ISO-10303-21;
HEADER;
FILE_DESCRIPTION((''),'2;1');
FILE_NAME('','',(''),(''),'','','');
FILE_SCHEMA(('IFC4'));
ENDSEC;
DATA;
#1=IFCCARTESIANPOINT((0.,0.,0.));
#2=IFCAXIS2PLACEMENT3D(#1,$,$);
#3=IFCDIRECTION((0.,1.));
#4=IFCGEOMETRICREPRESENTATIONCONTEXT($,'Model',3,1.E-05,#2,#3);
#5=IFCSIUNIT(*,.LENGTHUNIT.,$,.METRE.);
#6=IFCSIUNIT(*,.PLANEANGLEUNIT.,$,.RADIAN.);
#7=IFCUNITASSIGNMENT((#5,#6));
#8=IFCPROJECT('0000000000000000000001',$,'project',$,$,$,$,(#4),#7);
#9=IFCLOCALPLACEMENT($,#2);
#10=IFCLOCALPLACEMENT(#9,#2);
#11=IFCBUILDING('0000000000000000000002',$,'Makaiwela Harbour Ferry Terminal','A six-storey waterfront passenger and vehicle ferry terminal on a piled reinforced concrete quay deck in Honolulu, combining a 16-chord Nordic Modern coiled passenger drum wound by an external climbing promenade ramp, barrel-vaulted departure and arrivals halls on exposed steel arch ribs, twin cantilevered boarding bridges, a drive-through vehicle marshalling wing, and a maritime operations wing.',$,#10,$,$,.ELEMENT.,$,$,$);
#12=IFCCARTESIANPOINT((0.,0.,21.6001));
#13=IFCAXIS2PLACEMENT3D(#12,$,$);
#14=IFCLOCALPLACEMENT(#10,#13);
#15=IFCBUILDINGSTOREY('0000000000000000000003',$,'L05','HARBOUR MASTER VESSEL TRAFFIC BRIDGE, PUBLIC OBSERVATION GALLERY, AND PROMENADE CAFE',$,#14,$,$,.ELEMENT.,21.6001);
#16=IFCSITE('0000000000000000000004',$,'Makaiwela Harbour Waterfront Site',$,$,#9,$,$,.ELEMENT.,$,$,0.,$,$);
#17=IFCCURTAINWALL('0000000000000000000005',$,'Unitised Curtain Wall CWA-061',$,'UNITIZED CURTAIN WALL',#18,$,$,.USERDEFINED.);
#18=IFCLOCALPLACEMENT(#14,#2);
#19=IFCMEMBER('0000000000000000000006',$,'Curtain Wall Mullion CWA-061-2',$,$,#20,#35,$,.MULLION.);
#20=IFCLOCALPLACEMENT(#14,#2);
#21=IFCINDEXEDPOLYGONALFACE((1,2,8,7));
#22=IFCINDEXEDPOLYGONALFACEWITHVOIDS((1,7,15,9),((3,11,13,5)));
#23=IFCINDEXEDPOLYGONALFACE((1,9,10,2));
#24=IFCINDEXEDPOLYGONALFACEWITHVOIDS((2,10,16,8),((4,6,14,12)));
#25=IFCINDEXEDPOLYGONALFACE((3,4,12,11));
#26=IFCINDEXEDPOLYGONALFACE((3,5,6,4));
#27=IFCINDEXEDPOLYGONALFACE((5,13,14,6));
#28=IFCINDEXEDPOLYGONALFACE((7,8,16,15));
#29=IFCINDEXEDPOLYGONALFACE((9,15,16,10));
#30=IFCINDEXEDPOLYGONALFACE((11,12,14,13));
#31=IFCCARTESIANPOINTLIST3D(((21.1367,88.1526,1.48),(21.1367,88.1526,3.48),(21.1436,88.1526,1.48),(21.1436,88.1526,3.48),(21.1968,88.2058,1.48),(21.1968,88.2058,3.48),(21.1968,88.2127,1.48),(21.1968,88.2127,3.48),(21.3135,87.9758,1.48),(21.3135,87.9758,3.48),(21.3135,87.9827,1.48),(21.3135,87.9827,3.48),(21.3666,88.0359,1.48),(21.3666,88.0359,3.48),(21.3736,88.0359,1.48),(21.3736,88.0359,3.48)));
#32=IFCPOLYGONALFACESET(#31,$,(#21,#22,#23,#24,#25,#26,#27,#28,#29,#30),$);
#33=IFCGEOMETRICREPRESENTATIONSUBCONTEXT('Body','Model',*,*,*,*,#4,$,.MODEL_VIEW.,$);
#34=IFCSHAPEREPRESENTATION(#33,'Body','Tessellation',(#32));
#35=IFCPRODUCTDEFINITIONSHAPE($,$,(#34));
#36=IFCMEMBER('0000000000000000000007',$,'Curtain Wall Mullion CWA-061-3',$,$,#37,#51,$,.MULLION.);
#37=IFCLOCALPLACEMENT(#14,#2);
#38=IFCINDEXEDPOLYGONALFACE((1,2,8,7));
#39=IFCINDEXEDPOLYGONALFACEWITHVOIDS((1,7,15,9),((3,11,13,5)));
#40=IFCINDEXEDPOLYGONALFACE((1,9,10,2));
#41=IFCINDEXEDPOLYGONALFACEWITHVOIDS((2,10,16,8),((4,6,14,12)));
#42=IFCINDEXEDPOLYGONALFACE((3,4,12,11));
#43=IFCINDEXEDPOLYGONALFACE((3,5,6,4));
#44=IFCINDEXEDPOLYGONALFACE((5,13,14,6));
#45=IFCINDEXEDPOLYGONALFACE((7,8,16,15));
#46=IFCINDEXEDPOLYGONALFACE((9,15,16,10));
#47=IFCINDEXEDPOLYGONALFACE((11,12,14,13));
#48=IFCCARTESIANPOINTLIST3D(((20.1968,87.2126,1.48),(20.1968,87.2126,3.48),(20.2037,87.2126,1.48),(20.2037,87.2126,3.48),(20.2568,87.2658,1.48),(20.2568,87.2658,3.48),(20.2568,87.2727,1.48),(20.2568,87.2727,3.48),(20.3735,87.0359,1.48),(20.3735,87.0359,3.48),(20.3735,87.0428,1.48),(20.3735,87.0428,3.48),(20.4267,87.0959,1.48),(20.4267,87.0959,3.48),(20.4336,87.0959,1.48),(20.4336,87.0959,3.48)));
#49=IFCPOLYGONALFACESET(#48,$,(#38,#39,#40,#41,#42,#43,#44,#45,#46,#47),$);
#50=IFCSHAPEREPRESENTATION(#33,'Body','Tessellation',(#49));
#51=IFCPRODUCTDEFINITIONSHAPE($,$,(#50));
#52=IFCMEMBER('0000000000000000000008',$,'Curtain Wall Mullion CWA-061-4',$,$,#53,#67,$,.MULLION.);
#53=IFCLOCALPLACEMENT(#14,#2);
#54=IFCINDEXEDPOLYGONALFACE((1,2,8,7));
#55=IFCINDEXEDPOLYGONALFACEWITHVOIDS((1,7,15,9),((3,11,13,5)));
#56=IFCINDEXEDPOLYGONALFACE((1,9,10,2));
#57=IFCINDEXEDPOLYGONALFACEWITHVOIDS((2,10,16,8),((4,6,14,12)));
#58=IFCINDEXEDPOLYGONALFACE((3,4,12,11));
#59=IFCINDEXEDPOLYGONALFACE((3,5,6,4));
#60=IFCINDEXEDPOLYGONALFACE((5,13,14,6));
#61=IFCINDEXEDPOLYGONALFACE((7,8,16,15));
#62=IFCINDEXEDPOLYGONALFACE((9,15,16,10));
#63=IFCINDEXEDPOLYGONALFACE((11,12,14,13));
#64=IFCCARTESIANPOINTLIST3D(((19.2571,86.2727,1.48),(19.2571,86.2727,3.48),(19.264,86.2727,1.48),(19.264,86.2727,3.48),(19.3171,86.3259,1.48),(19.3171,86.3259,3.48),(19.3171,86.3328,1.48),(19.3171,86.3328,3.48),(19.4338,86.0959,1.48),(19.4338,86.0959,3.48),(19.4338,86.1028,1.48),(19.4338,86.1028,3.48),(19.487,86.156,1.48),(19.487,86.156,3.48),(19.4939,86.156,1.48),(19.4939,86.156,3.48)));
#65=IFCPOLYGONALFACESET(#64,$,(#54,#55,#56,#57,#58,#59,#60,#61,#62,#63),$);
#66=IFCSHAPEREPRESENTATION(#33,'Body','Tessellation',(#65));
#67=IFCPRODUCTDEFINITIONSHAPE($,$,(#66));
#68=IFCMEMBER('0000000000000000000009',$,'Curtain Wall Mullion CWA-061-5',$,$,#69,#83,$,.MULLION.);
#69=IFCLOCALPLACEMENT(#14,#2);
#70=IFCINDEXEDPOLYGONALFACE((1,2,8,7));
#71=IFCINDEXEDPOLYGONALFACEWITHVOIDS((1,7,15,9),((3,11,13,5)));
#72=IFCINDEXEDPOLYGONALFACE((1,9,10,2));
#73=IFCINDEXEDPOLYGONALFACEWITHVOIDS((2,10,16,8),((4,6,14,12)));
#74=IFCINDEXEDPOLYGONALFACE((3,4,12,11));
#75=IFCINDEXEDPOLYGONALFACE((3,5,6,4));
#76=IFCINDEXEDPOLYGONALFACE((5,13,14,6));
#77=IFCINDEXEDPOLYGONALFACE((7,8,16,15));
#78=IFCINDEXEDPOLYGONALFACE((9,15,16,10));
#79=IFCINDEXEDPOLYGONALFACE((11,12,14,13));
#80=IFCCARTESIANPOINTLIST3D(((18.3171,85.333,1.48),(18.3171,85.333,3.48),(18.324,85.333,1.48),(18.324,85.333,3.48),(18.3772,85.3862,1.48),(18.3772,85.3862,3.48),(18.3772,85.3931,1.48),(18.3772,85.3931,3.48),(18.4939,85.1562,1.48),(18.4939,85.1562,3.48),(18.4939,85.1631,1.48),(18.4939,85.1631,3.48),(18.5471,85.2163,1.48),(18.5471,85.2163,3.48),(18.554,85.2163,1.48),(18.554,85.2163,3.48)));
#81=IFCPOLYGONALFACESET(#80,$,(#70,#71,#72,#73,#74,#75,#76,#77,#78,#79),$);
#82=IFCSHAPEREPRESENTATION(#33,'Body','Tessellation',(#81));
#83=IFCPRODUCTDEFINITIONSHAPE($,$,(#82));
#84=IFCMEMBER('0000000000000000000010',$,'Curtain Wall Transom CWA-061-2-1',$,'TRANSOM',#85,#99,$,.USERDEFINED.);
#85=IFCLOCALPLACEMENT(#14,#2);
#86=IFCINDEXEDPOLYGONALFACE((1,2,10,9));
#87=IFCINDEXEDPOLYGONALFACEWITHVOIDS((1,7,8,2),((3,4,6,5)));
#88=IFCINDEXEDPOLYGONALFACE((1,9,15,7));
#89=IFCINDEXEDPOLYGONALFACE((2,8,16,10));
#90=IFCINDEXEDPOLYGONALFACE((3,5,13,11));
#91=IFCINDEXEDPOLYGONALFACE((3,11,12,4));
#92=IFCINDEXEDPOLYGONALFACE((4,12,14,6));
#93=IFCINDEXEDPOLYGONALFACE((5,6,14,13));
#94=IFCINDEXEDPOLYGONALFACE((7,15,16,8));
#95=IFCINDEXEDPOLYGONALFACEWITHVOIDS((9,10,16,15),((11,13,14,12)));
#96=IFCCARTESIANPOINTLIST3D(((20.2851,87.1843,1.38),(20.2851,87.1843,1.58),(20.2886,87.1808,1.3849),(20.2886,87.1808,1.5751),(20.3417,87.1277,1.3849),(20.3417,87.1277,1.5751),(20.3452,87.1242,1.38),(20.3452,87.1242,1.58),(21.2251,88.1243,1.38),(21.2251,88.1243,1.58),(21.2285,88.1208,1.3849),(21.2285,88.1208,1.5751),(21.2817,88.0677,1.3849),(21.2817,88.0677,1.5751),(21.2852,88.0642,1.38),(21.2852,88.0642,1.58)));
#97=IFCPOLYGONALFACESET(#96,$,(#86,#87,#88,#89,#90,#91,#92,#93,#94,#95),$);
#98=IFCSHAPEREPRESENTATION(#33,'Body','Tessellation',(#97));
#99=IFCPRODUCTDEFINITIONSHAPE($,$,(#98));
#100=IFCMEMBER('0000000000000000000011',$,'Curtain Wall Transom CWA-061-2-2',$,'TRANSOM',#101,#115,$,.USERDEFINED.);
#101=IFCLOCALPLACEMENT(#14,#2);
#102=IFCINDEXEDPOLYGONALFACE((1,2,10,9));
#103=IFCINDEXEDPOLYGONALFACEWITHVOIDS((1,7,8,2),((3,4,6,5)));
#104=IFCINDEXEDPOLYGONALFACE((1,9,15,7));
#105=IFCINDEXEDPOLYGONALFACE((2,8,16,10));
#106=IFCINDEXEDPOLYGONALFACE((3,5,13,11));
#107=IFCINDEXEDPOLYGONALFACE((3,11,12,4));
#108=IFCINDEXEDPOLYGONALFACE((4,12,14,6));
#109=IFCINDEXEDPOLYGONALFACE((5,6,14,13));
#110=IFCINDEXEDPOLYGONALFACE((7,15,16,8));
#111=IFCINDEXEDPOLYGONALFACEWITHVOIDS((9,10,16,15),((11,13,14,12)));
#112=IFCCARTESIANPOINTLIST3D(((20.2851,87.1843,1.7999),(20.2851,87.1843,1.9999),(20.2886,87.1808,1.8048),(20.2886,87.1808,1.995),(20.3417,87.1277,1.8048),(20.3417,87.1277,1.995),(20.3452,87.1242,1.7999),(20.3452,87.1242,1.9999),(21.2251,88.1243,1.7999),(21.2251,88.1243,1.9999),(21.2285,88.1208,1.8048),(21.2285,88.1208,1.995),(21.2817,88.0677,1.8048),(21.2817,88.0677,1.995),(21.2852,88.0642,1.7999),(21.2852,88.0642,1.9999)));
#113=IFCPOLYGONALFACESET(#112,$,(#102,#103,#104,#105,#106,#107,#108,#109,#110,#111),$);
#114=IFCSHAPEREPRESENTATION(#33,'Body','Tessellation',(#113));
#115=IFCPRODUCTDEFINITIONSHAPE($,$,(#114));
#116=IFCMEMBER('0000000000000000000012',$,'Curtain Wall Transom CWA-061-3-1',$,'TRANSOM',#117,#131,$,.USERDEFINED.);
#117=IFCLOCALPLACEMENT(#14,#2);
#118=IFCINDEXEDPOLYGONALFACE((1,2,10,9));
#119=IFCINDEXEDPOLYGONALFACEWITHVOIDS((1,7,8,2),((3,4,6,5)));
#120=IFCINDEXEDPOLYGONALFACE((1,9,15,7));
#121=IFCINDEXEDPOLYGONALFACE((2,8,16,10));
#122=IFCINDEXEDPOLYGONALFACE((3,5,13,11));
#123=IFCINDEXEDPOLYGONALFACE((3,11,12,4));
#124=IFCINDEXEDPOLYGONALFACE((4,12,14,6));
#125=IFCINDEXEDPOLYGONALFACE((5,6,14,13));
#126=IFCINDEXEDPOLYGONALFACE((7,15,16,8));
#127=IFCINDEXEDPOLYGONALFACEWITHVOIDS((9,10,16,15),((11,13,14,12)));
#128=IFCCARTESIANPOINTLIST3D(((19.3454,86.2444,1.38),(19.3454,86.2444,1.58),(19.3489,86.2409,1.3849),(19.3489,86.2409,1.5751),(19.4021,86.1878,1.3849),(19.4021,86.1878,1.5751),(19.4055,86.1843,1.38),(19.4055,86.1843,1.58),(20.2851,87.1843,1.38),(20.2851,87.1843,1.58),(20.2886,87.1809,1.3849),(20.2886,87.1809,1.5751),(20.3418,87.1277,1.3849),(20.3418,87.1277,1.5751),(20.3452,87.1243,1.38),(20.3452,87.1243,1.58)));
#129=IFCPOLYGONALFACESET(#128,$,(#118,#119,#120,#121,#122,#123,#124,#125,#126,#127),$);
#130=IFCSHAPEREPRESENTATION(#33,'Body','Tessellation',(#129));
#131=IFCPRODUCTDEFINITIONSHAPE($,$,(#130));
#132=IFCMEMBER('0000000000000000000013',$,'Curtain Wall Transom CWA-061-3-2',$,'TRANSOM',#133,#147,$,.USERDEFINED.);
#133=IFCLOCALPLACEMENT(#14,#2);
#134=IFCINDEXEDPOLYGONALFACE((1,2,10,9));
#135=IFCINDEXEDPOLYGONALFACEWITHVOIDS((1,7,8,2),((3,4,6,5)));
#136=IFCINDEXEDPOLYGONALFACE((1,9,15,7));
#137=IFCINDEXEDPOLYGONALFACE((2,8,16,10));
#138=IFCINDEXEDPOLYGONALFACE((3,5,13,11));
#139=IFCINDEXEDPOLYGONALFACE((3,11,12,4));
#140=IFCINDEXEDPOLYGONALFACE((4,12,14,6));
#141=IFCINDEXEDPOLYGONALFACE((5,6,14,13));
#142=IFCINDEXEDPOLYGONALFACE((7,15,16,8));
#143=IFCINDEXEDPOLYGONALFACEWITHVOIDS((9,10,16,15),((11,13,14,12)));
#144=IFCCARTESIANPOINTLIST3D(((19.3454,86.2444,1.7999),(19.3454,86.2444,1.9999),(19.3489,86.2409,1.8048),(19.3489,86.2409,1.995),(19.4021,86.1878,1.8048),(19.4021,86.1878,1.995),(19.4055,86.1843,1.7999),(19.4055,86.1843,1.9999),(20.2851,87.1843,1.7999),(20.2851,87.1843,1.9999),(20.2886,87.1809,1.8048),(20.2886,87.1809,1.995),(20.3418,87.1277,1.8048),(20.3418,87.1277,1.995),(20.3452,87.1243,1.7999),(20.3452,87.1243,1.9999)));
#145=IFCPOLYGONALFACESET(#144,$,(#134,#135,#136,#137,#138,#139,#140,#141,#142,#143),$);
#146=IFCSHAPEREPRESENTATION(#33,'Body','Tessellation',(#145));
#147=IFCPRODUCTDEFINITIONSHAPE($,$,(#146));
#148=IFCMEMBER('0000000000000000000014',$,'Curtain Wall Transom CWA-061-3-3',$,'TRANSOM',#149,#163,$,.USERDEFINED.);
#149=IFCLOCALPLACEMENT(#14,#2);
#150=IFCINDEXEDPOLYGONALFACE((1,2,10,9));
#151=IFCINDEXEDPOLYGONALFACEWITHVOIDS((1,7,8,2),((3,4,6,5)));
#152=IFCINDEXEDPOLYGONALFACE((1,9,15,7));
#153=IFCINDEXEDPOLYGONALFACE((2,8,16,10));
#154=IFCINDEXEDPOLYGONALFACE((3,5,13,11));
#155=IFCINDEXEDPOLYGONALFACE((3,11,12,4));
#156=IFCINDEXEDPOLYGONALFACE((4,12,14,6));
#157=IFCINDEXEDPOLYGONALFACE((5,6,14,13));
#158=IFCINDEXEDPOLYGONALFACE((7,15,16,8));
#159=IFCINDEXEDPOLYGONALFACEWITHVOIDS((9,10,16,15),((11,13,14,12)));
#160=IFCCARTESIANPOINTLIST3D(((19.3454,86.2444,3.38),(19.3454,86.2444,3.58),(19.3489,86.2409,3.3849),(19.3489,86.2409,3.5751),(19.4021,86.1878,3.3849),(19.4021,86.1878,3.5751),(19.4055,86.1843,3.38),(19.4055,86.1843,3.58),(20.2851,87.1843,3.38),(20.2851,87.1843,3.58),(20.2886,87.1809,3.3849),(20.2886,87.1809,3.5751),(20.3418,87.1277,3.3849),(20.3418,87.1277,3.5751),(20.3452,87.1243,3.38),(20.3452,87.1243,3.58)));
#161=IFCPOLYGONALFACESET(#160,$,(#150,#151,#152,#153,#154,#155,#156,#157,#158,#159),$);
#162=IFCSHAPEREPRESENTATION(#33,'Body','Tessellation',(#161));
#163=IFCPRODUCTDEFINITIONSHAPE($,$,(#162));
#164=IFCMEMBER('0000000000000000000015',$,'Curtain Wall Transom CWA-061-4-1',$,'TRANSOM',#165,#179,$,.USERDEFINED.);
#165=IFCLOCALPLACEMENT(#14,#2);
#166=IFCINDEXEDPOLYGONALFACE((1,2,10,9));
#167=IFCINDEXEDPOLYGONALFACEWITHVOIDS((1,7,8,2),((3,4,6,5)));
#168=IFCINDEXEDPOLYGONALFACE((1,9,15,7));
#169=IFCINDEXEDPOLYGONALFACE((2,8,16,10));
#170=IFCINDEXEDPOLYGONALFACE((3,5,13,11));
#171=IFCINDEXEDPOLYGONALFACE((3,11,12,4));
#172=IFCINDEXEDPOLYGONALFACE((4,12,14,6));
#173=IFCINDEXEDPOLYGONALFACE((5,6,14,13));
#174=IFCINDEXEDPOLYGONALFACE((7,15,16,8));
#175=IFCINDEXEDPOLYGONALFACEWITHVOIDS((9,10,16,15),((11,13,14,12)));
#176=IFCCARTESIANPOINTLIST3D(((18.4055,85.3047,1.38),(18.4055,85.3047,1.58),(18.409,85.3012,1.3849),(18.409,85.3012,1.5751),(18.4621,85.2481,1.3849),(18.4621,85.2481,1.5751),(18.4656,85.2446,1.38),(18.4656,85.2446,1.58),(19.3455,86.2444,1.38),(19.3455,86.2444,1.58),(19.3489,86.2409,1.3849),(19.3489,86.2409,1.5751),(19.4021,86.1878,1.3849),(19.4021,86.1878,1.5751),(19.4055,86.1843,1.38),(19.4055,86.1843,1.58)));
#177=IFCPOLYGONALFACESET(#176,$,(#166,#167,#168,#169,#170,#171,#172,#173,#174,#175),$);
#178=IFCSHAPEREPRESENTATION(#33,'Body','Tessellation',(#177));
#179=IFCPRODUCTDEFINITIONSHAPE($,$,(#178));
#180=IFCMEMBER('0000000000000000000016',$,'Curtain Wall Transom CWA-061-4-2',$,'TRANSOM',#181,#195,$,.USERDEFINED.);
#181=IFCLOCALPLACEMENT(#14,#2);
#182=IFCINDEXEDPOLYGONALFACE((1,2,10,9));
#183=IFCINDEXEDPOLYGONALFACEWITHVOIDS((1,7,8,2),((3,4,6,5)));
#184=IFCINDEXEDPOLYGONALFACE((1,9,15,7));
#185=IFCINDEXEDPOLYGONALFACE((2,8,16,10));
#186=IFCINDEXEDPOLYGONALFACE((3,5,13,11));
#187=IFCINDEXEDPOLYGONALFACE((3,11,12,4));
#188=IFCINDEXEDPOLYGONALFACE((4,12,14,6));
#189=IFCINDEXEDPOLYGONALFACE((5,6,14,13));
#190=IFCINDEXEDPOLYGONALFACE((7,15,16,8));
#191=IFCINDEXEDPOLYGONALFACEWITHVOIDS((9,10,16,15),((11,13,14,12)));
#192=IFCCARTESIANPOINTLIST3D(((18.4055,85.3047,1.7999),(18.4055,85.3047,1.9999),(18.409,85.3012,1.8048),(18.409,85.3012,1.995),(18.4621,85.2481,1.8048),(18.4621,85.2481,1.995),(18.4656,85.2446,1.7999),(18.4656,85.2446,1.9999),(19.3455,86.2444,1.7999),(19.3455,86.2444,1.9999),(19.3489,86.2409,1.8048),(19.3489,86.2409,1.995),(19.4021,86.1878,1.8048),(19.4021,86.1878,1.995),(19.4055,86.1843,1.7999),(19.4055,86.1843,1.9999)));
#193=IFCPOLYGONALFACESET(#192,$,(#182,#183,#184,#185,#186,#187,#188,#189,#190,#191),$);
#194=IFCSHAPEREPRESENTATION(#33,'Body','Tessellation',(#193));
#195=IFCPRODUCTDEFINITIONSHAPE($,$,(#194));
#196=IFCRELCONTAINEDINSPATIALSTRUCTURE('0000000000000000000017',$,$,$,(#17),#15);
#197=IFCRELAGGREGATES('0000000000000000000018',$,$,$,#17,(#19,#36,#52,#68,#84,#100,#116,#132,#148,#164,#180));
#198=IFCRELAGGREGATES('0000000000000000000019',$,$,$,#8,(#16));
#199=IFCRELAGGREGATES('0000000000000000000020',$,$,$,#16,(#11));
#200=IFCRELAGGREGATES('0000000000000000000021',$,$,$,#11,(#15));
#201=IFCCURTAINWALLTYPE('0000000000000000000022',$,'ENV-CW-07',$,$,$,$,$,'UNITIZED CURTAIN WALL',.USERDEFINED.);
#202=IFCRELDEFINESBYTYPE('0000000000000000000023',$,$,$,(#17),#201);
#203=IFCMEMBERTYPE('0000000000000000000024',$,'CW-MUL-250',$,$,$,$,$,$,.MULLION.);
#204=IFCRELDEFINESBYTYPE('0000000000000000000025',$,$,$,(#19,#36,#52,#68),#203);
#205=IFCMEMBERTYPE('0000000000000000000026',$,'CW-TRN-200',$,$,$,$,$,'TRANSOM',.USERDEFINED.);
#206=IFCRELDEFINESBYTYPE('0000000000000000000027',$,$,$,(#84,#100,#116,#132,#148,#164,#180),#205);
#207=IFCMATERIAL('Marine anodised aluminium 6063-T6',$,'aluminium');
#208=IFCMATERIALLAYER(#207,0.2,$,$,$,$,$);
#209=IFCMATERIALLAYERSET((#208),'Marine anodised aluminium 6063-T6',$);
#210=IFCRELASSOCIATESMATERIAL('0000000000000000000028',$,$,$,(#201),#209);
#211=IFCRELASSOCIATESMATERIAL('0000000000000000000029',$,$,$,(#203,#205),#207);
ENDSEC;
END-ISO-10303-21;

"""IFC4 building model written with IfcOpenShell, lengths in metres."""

from ifc_helpers import new_model, si_unit, direction, frame, origin, origin_2d, place, context, subcontext, project, spatial, hollow_rectangle, extrude, material, layer, layer_set, material_profile, profile_set, type_object, element, aggregate, save


model = new_model("IFC4")

# Units and contexts
model_context = context("Model", 3, precision=1e-05, world=origin(), true_north=direction((0.0, 1.0)))
body_context = subcontext(model_context, "Body", "Model", "MODEL_VIEW")
ifc_project = project(units=[si_unit("LENGTHUNIT", "METRE"), si_unit("PLANEANGLEUNIT", "RADIAN")], contexts=[model_context])

# Site, building, storey
site_placement = place(None, origin())
site = spatial("IfcSite", under=ifc_project, at=site_placement, Name="Makaiwela Harbour Waterfront Site", CompositionType="ELEMENT", RefElevation=0.0)
building_placement = place(site_placement, origin())
building = spatial("IfcBuilding", under=site, at=building_placement, Name="Makaiwela Harbour Ferry Terminal", Description="A six-storey waterfront passenger and vehicle ferry terminal on a piled reinforced concrete quay deck in Honolulu, combining a 16-chord Nordic Modern coiled passenger drum wound by an external climbing promenade ramp, barrel-vaulted departure and arrivals halls on exposed steel arch ribs, twin cantilevered boarding bridges, a drive-through vehicle marshalling wing, and a maritime operations wing.", CompositionType="ELEMENT")
storey_placement = place(building_placement, frame((0.0, 0.0, 21.6001)))
storey = spatial("IfcBuildingStorey", under=building, at=storey_placement, Name="L05", Description="HARBOUR MASTER VESSEL TRAFFIC BRIDGE, PUBLIC OBSERVATION GALLERY, AND PROMENADE CAFE", CompositionType="ELEMENT", Elevation=21.6001)

# Curtain wall, members
ifc_material_1 = material(Name="Marine anodised aluminium 6063-T6", Category="aluminium")
ifc_layer_1 = layer(ifc_material_1, 0.2)
ifc_layer_set_1 = layer_set([ifc_layer_1], Name="Marine anodised aluminium 6063-T6")
curtain_wall_type = type_object("IfcCurtainWallType", Name="ENV-CW-07", ElementType="UNITIZED CURTAIN WALL", PredefinedType="USERDEFINED", material=ifc_layer_set_1)
curtain_wall_placement = place(storey_placement, origin())
curtain_wall = element("IfcCurtainWall", 1, at=curtain_wall_placement, inside=storey, type_object=curtain_wall_type, Name="Unitised Curtain Wall CWA-061", ObjectType="UNITIZED CURTAIN WALL", PredefinedType="USERDEFINED")
ifc_material_profile_1 = material_profile(ifc_material_1, hollow_rectangle(XDim=0.085, YDim=0.25, WallThickness=0.0049, at=origin_2d()), Name="CWM-250X85")
ifc_profile_set_1 = profile_set([ifc_material_profile_1], Name="Marine anodised aluminium 6063-T6")
member_type_1 = type_object("IfcMemberType", Name="CW-MUL-250", PredefinedType="MULLION", material=ifc_profile_set_1)
member_1_placement = place(storey_placement, frame((21.2551, 88.0942, 1.48), z_axis=(0.0, 0.0, 1.0), x_axis=(0.707107, 0.707107, 0.0)))
member_1 = element("IfcMember", 2, at=member_1_placement, type_object=member_type_1, Name="Curtain Wall Mullion CWA-061-2", PredefinedType="MULLION", context=body_context, shape_type="SweptSolid", body=[
    extrude(hollow_rectangle(XDim=0.085, YDim=0.25, WallThickness=0.0049, at=origin_2d()), origin(), (0.0, 0.0, 1.0), 2.0),
])
member_2_placement = place(storey_placement, frame((20.3152, 87.1543, 1.48), z_axis=(0.0, 0.0, 1.0), x_axis=(0.707107, 0.707107, 0.0)))
member_2 = element("IfcMember", 3, at=member_2_placement, type_object=member_type_1, Name="Curtain Wall Mullion CWA-061-3", PredefinedType="MULLION", context=body_context, shape_type="SweptSolid", body=[
    extrude(hollow_rectangle(XDim=0.085, YDim=0.25, WallThickness=0.0049, at=origin_2d()), origin(), (0.0, 0.0, 1.0), 2.0),
])
member_3_placement = place(storey_placement, frame((19.3755, 86.2144, 1.48), z_axis=(0.0, 0.0, 1.0), x_axis=(0.707107, 0.707107, 0.0)))
member_3 = element("IfcMember", 4, at=member_3_placement, type_object=member_type_1, Name="Curtain Wall Mullion CWA-061-4", PredefinedType="MULLION", context=body_context, shape_type="SweptSolid", body=[
    extrude(hollow_rectangle(XDim=0.085, YDim=0.25, WallThickness=0.0049, at=origin_2d()), origin(), (0.0, 0.0, 1.0), 2.0),
])
member_4_placement = place(storey_placement, frame((18.4355, 85.2747, 1.48), z_axis=(0.0, 0.0, 1.0), x_axis=(0.707107, 0.707107, 0.0)))
member_4 = element("IfcMember", 5, at=member_4_placement, type_object=member_type_1, Name="Curtain Wall Mullion CWA-061-5", PredefinedType="MULLION", context=body_context, shape_type="SweptSolid", body=[
    extrude(hollow_rectangle(XDim=0.085, YDim=0.25, WallThickness=0.0049, at=origin_2d()), origin(), (0.0, 0.0, 1.0), 2.0),
])
ifc_material_profile_2 = material_profile(ifc_material_1, hollow_rectangle(XDim=0.085, YDim=0.2, WallThickness=0.0049, at=origin_2d()), Name="CWT-200X85")
ifc_profile_set_2 = profile_set([ifc_material_profile_2], Name="Marine anodised aluminium 6063-T6")
member_type_2 = type_object("IfcMemberType", Name="CW-TRN-200", ElementType="TRANSOM", PredefinedType="USERDEFINED", material=ifc_profile_set_2)
member_5_placement = place(storey_placement, frame((21.2551, 88.0942, 1.48), z_axis=(-0.707107, -0.707107, 0.0), x_axis=(0.707107, -0.707107, 0.0)))
member_5 = element("IfcMember", 6, at=member_5_placement, type_object=member_type_2, Name="Curtain Wall Transom CWA-061-2-1", ObjectType="TRANSOM", PredefinedType="USERDEFINED", context=body_context, shape_type="SweptSolid", body=[
    extrude(hollow_rectangle(XDim=0.085, YDim=0.2, WallThickness=0.0049, at=origin_2d()), origin(), (0.0, 0.0, 1.0), 1.3293),
])
member_6_placement = place(storey_placement, frame((21.2551, 88.0942, 1.8999), z_axis=(-0.707107, -0.707107, 0.0), x_axis=(0.707107, -0.707107, 0.0)))
member_6 = element("IfcMember", 7, at=member_6_placement, type_object=member_type_2, Name="Curtain Wall Transom CWA-061-2-2", ObjectType="TRANSOM", PredefinedType="USERDEFINED", context=body_context, shape_type="SweptSolid", body=[
    extrude(hollow_rectangle(XDim=0.085, YDim=0.2, WallThickness=0.0049, at=origin_2d()), origin(), (0.0, 0.0, 1.0), 1.3293),
])
member_7_placement = place(storey_placement, frame((20.3152, 87.1543, 1.48), z_axis=(-0.707015, -0.707199, 0.0), x_axis=(0.707199, -0.707015, 0.0)))
member_7 = element("IfcMember", 8, at=member_7_placement, type_object=member_type_2, Name="Curtain Wall Transom CWA-061-3-1", ObjectType="TRANSOM", PredefinedType="USERDEFINED", context=body_context, shape_type="SweptSolid", body=[
    extrude(hollow_rectangle(XDim=0.085, YDim=0.2, WallThickness=0.0049, at=origin_2d()), origin(), (0.0, 0.0, 1.0), 1.3291),
])
member_8_placement = place(storey_placement, frame((20.3152, 87.1543, 1.8999), z_axis=(-0.707015, -0.707199, 0.0), x_axis=(0.707199, -0.707015, 0.0)))
member_8 = element("IfcMember", 9, at=member_8_placement, type_object=member_type_2, Name="Curtain Wall Transom CWA-061-3-2", ObjectType="TRANSOM", PredefinedType="USERDEFINED", context=body_context, shape_type="SweptSolid", body=[
    extrude(hollow_rectangle(XDim=0.085, YDim=0.2, WallThickness=0.0049, at=origin_2d()), origin(), (0.0, 0.0, 1.0), 1.3291),
])
member_9_placement = place(storey_placement, frame((20.3152, 87.1543, 3.48), z_axis=(-0.707015, -0.707199, 0.0), x_axis=(0.707199, -0.707015, 0.0)))
member_9 = element("IfcMember", 10, at=member_9_placement, type_object=member_type_2, Name="Curtain Wall Transom CWA-061-3-3", ObjectType="TRANSOM", PredefinedType="USERDEFINED", context=body_context, shape_type="SweptSolid", body=[
    extrude(hollow_rectangle(XDim=0.085, YDim=0.2, WallThickness=0.0049, at=origin_2d()), origin(), (0.0, 0.0, 1.0), 1.3291),
])
member_10_placement = place(storey_placement, frame((19.3755, 86.2144, 1.48), z_axis=(-0.707199, -0.707015, 0.0), x_axis=(0.707015, -0.707199, 0.0)))
member_10 = element("IfcMember", 11, at=member_10_placement, type_object=member_type_2, Name="Curtain Wall Transom CWA-061-4-1", ObjectType="TRANSOM", PredefinedType="USERDEFINED", context=body_context, shape_type="SweptSolid", body=[
    extrude(hollow_rectangle(XDim=0.085, YDim=0.2, WallThickness=0.0049, at=origin_2d()), origin(), (0.0, 0.0, 1.0), 1.3291),
])
member_11_placement = place(storey_placement, frame((19.3755, 86.2144, 1.8999), z_axis=(-0.707199, -0.707015, 0.0), x_axis=(0.707015, -0.707199, 0.0)))
member_11 = element("IfcMember", 12, at=member_11_placement, type_object=member_type_2, Name="Curtain Wall Transom CWA-061-4-2", ObjectType="TRANSOM", PredefinedType="USERDEFINED", context=body_context, shape_type="SweptSolid", body=[
    extrude(hollow_rectangle(XDim=0.085, YDim=0.2, WallThickness=0.0049, at=origin_2d()), origin(), (0.0, 0.0, 1.0), 1.3291),
])
aggregate(curtain_wall, [member_1, member_2, member_3, member_4, member_5, member_6, member_7, member_8, member_9, member_10, member_11])

save(model, "model.ifc")
